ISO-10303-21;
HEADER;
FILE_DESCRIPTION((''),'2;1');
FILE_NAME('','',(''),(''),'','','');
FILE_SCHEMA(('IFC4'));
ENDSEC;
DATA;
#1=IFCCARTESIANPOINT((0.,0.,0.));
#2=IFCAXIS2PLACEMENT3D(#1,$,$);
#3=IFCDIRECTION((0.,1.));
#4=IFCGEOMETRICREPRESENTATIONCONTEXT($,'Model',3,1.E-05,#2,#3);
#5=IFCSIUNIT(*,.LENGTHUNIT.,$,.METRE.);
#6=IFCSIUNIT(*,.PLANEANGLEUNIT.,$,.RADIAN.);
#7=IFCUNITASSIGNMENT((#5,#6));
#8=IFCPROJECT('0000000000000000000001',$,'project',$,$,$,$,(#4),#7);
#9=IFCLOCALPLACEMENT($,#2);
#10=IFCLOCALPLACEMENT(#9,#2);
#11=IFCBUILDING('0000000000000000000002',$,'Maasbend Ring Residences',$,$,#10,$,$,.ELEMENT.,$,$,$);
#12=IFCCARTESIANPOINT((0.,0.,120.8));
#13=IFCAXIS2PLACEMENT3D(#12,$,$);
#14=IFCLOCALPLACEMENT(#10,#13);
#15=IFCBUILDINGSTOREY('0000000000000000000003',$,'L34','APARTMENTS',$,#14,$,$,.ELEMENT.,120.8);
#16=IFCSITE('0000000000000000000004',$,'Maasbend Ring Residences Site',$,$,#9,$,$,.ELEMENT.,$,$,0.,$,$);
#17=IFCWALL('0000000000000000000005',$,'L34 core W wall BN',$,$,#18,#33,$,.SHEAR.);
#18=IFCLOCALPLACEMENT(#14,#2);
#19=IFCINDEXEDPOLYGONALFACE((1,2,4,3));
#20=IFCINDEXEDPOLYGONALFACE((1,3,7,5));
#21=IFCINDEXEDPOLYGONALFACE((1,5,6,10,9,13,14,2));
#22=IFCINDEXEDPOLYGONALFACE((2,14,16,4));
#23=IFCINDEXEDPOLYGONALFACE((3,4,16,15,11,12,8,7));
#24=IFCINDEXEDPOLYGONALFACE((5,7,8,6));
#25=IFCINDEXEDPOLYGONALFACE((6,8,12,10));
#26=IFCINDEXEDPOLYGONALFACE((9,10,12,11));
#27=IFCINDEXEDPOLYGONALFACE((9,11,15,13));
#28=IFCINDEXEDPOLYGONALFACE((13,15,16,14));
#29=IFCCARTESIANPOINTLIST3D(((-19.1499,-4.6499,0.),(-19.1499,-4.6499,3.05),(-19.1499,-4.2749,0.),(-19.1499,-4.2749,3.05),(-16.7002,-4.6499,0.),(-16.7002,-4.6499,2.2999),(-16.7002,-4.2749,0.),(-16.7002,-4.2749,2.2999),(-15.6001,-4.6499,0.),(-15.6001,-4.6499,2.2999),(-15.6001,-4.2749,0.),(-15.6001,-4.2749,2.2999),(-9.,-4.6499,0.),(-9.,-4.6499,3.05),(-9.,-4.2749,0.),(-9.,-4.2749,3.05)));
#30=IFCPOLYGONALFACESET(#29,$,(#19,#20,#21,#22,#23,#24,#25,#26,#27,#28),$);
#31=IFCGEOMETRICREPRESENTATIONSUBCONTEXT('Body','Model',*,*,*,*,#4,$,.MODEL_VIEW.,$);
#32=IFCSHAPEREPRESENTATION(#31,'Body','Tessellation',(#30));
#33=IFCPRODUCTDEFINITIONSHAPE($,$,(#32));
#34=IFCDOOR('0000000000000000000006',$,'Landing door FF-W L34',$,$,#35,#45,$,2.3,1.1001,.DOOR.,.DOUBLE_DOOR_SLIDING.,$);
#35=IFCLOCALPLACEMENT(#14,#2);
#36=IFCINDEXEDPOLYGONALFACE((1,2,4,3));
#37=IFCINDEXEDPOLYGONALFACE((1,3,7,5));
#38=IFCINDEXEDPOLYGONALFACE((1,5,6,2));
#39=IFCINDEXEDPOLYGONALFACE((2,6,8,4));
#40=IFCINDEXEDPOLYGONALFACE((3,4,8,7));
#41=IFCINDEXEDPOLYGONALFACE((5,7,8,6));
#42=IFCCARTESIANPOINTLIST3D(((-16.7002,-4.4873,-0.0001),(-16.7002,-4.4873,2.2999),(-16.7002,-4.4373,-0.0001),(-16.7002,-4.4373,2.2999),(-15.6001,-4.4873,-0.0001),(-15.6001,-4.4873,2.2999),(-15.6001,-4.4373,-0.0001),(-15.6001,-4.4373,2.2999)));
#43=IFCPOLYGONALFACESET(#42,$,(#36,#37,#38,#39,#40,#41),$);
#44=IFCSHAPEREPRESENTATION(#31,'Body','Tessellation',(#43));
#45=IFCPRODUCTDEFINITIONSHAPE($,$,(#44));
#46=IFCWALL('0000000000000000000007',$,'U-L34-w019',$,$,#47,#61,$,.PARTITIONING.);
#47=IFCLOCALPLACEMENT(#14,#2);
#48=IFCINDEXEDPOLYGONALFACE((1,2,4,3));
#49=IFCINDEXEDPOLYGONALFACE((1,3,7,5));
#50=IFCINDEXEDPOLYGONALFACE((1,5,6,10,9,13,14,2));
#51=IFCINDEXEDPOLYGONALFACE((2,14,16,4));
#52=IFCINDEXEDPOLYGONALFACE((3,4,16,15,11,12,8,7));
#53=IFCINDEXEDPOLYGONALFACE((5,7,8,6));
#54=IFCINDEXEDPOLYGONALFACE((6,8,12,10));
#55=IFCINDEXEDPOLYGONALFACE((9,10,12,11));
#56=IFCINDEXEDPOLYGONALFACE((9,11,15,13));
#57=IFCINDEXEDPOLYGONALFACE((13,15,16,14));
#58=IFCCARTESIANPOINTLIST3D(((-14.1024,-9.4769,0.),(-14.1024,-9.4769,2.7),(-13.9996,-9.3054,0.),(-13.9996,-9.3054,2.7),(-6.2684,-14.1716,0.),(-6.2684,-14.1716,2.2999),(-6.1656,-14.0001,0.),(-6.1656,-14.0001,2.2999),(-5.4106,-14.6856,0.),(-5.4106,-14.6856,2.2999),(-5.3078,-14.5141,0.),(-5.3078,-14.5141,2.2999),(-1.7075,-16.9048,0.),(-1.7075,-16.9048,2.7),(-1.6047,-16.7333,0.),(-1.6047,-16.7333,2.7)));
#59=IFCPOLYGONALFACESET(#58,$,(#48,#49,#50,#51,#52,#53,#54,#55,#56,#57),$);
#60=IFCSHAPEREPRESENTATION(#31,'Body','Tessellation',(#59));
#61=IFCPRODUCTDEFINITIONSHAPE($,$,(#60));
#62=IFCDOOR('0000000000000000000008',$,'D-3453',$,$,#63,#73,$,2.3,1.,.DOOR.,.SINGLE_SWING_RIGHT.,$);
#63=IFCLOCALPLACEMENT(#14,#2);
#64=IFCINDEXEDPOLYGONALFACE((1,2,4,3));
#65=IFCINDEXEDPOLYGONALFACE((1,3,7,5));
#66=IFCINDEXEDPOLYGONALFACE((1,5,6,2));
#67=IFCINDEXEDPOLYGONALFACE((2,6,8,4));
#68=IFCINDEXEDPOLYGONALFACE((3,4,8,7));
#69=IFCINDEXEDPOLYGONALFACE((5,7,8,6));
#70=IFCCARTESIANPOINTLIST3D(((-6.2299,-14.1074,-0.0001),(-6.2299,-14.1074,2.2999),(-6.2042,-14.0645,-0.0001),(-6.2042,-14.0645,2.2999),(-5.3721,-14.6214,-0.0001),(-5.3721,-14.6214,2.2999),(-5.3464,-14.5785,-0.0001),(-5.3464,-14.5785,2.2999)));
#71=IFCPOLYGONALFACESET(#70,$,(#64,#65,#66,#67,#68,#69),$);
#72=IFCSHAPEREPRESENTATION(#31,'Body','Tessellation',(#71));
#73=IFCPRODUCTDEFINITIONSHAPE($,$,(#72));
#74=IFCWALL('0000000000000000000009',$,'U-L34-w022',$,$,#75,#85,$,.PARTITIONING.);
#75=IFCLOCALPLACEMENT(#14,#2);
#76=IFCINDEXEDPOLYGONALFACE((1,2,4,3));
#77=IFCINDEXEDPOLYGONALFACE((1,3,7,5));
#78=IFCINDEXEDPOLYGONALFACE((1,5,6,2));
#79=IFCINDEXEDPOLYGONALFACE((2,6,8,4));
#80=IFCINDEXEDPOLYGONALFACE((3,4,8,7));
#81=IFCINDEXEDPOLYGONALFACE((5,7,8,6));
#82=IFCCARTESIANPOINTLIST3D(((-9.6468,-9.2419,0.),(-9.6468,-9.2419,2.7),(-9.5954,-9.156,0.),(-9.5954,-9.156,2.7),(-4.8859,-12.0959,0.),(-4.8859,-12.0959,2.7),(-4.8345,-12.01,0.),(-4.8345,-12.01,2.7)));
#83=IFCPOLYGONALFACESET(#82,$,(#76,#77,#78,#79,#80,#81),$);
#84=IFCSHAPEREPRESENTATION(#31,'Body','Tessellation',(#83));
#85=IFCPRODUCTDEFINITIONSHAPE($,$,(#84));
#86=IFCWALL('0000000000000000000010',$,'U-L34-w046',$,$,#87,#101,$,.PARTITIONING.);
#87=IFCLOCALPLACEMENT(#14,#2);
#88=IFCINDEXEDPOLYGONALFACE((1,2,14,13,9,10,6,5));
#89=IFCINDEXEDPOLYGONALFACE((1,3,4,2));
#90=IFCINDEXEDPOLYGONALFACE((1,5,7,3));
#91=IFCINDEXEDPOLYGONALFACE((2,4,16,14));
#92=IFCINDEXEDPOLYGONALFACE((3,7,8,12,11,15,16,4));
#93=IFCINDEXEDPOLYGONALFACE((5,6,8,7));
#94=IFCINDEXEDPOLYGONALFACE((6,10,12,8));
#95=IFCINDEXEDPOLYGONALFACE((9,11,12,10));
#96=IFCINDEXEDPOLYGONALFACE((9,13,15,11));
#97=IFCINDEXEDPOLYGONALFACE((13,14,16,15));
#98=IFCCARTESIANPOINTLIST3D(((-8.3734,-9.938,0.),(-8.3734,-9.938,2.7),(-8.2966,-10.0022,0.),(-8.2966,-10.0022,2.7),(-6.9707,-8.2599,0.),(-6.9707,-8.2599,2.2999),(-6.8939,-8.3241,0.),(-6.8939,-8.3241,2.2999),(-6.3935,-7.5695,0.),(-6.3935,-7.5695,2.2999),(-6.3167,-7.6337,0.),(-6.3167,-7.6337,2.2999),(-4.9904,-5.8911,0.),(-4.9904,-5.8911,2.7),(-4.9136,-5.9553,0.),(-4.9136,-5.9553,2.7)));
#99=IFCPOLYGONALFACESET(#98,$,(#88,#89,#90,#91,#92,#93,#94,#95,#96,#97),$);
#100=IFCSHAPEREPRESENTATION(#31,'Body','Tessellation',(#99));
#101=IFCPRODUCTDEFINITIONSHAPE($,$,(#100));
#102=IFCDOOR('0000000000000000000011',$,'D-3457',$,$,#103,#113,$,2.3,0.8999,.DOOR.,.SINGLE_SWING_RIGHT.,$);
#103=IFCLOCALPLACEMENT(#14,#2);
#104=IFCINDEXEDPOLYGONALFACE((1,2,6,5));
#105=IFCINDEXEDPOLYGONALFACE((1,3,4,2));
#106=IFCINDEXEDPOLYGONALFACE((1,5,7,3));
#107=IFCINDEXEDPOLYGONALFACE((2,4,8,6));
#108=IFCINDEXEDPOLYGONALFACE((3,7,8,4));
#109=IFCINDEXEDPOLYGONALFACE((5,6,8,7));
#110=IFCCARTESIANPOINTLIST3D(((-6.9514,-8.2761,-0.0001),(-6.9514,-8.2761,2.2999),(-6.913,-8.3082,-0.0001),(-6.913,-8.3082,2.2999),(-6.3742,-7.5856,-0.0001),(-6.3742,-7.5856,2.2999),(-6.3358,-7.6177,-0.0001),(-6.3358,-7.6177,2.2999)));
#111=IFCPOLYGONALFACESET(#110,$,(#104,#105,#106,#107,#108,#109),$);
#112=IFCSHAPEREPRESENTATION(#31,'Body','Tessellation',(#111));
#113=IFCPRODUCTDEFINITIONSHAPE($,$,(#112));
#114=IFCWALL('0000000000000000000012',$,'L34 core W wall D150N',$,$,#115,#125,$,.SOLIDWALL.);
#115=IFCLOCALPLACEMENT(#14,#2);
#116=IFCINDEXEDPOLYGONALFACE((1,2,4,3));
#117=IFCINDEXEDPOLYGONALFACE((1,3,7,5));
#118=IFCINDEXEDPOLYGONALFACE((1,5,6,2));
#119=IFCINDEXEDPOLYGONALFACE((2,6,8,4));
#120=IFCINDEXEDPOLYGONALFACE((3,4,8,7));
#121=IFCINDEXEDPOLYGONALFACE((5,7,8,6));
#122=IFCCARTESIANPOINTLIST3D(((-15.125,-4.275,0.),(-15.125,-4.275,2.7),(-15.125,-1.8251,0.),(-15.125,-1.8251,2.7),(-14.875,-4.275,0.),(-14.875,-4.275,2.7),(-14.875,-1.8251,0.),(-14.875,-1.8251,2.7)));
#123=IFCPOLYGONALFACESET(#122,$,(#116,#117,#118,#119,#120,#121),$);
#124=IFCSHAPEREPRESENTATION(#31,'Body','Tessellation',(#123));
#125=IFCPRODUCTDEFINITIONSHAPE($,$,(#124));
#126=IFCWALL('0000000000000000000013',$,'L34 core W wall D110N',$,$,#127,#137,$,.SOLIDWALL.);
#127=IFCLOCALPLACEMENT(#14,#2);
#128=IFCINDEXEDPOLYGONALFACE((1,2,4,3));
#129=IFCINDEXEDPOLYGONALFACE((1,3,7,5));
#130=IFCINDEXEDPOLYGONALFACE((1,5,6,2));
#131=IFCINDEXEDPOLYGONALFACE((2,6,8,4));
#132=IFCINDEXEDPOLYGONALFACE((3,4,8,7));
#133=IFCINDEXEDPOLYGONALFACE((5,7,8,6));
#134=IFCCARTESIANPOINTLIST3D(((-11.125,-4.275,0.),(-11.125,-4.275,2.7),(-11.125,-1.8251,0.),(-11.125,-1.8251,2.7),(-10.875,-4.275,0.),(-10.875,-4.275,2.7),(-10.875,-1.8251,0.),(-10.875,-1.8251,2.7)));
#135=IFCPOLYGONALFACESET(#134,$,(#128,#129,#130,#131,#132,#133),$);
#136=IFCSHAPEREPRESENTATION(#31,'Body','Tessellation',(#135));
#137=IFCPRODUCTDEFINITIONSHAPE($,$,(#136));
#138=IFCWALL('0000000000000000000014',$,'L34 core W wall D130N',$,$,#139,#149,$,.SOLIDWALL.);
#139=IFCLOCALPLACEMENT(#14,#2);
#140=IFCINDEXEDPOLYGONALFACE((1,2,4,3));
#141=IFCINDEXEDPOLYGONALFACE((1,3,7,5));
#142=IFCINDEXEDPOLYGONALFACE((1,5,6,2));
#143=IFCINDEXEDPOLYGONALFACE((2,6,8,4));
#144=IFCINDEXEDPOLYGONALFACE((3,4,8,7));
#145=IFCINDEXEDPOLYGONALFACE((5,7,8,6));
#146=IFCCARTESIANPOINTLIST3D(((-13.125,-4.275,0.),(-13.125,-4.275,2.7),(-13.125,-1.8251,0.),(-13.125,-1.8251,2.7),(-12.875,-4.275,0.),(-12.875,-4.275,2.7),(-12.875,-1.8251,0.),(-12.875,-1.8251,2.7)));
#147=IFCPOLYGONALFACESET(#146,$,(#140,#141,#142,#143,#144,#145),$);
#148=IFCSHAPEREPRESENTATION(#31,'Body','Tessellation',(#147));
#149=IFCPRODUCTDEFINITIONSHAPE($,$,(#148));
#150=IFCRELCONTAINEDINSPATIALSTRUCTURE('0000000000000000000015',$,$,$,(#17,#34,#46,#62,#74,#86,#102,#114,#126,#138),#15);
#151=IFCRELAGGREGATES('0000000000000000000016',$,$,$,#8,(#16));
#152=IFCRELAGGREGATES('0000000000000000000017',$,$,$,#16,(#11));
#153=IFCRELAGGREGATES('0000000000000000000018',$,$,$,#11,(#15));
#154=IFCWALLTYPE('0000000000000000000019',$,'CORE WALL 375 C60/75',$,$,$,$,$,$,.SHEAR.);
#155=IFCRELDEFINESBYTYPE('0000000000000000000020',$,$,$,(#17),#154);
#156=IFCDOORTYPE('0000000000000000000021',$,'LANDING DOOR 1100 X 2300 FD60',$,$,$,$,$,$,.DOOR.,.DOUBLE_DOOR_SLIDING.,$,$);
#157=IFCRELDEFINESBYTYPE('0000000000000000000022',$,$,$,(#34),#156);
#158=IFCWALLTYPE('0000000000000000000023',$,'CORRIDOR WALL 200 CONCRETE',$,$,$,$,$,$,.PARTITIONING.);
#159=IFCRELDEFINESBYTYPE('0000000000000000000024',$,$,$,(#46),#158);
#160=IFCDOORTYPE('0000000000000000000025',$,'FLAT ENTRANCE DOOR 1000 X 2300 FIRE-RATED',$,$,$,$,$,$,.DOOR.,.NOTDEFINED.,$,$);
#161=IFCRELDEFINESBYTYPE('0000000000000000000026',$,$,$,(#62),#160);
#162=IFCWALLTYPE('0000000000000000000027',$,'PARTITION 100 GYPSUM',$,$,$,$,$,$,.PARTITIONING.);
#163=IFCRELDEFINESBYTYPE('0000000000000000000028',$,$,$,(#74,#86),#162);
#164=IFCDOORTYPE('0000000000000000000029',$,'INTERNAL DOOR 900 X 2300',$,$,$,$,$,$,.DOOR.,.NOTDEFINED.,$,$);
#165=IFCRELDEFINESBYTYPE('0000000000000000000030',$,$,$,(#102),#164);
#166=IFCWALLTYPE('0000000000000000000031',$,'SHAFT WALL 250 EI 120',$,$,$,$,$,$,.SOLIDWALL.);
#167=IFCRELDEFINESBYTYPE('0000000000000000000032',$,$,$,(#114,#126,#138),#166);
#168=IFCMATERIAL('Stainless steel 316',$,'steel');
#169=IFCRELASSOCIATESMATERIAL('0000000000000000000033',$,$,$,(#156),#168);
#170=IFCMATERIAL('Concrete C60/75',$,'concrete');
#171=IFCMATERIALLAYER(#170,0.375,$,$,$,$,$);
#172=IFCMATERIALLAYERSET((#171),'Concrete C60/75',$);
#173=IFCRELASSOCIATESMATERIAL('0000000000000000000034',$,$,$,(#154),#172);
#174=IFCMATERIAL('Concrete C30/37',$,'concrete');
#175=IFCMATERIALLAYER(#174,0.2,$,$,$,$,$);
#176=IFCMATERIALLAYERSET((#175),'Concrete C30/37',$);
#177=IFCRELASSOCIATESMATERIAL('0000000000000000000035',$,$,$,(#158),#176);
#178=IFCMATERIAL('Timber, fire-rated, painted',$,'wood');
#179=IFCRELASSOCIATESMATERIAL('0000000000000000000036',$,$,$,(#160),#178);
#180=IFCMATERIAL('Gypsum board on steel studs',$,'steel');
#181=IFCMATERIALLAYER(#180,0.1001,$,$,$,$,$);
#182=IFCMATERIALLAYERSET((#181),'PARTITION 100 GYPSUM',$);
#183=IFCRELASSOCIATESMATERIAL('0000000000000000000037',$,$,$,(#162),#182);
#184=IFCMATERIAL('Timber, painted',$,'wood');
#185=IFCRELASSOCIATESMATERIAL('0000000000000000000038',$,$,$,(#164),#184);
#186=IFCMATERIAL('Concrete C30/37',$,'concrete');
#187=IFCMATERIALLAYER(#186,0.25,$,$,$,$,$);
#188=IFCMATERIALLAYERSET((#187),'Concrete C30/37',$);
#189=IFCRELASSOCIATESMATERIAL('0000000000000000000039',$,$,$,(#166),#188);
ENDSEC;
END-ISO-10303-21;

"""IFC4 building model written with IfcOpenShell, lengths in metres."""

from ifc_helpers import new_model, si_unit, direction, frame, frame_2d, origin, place, context, subcontext, project, spatial, rectangle, extrude, material, layer, layer_set, type_object, element, fill, save


model = new_model("IFC4")

# Units and contexts
model_context = context("Model", 3, precision=1e-05, world=origin(), true_north=direction((0.0, 1.0)))
body_context = subcontext(model_context, "Body", "Model", "MODEL_VIEW")
ifc_project = project(units=[si_unit("LENGTHUNIT", "METRE"), si_unit("PLANEANGLEUNIT", "RADIAN")], contexts=[model_context])

# Site, building, storey
site_placement = place(None, origin())
site = spatial("IfcSite", under=ifc_project, at=site_placement, Name="Maasbend Ring Residences Site", CompositionType="ELEMENT", RefElevation=0.0)
building_placement = place(site_placement, origin())
building = spatial("IfcBuilding", under=site, at=building_placement, Name="Maasbend Ring Residences", CompositionType="ELEMENT")
storey_placement = place(building_placement, frame((0.0, 0.0, 120.8)))
storey = spatial("IfcBuildingStorey", under=building, at=storey_placement, Name="L34", Description="APARTMENTS", CompositionType="ELEMENT", Elevation=120.8)

# Shared definitions
ifc_material_1 = material(Name="Stainless steel 316", Category="steel")
door_type_1 = type_object("IfcDoorType", Name="LANDING DOOR 1100 X 2300 FD60", OperationType="DOUBLE_DOOR_SLIDING", PredefinedType="DOOR", material=ifc_material_1)

# Walls, openings, doors
ifc_material_2 = material(Name="Concrete C60/75", Category="concrete")
ifc_layer_1 = layer(ifc_material_2, 0.375)
ifc_layer_set_1 = layer_set([ifc_layer_1], Name="Concrete C60/75")
wall_type_1 = type_object("IfcWallType", Name="CORE WALL 375 C60/75", PredefinedType="SHEAR", material=ifc_layer_set_1)
wall_1_placement = place(storey_placement, frame((-9.0, -4.4624, 0.0), z_axis=(0.0, 0.0, 1.0), x_axis=(-1.0, 0.0, 0.0)))
wall_1 = element("IfcWall", 1, at=wall_1_placement, inside=storey, type_object=wall_type_1, Name="L34 core W wall BN", PredefinedType="SHEAR", context=body_context, shape_type="SweptSolid", body=[
    extrude(rectangle(XDim=10.1499, YDim=0.375, at=frame_2d((5.075, 0.0))), origin(), (0.0, 0.0, 1.0), 3.05),
])
opening_1_placement = place(wall_1_placement, frame((6.6001, 0.0, 0.0)))
opening_1 = element("IfcOpeningElement", 2, at=opening_1_placement, cuts=wall_1, PredefinedType="OPENING", context=body_context, shape_type="SweptSolid", body=[
    extrude(rectangle(XDim=1.1001, YDim=2.3, at=frame_2d((0.55, 1.1499))), frame((0.0, 0.1975, 0.0), z_axis=(0.0, -1.0, 0.0), x_axis=(1.0, 0.0, 0.0)), (0.0, 0.0, 1.0), 0.395),
])
door_1_placement = place(opening_1_placement, origin())
door_1 = element("IfcDoor", 3, at=door_1_placement, inside=storey, type_object=door_type_1, Name="Landing door FF-W L34", OperationType="DOUBLE_DOOR_SLIDING", OverallHeight=2.3, OverallWidth=1.1001, PredefinedType="DOOR", context=body_context, shape_type="SweptSolid", body=[
    extrude(rectangle(XDim=1.1001, YDim=2.3, at=frame_2d((0.55, 1.1499))), frame((0.0, 0.0249, 0.0), z_axis=(0.0, -1.0, 0.0), x_axis=(1.0, 0.0, 0.0)), (0.0, 0.0, 1.0), 0.05),
])
fill(opening_1, door_1)
ifc_material_3 = material(Name="Concrete C30/37", Category="concrete")
ifc_layer_2 = layer(ifc_material_3, 0.2)
ifc_layer_set_2 = layer_set([ifc_layer_2], Name="Concrete C30/37")
wall_type_2 = type_object("IfcWallType", Name="CORRIDOR WALL 200 CONCRETE", PredefinedType="PARTITIONING", material=ifc_layer_set_2)
wall_2_placement = place(storey_placement, frame((-14.051, -9.3911, 0.0), z_axis=(0.0, 0.0, 1.0), x_axis=(0.857769, -0.514036, 0.0)))
wall_2 = element("IfcWall", 4, at=wall_2_placement, inside=storey, type_object=wall_type_2, Name="U-L34-w019", PredefinedType="PARTITIONING", context=body_context, shape_type="SweptSolid", body=[
    extrude(rectangle(XDim=14.4502, YDim=0.2, at=frame_2d((7.2251, 0.0))), origin(), (0.0, 0.0, 1.0), 2.7),
])
opening_2_placement = place(wall_2_placement, frame((9.1331, 0.0, 0.0)))
opening_2 = element("IfcOpeningElement", 5, at=opening_2_placement, cuts=wall_2, PredefinedType="OPENING", context=body_context, shape_type="SweptSolid", body=[
    extrude(rectangle(XDim=1.0, YDim=2.3, at=frame_2d((0.5, 1.1499))), frame((0.0, 0.1099, 0.0), z_axis=(0.0, -1.0, 0.0), x_axis=(1.0, 0.0, 0.0)), (0.0, 0.0, 1.0), 0.22),
])
ifc_material_4 = material(Name="Timber, fire-rated, painted", Category="wood")
door_type_2 = type_object("IfcDoorType", Name="FLAT ENTRANCE DOOR 1000 X 2300 FIRE-RATED", OperationType="NOTDEFINED", PredefinedType="DOOR", material=ifc_material_4)
door_2_placement = place(opening_2_placement, origin())
door_2 = element("IfcDoor", 6, at=door_2_placement, inside=storey, type_object=door_type_2, Name="D-3453", OperationType="SINGLE_SWING_RIGHT", OverallHeight=2.3, OverallWidth=1.0, PredefinedType="DOOR", context=body_context, shape_type="SweptSolid", body=[
    extrude(rectangle(XDim=1.0, YDim=2.3, at=frame_2d((0.5, 1.1499))), frame((0.0, 0.0249, 0.0), z_axis=(0.0, -1.0, 0.0), x_axis=(1.0, 0.0, 0.0)), (0.0, 0.0, 1.0), 0.05),
])
fill(opening_2, door_2)

# Wall
ifc_material_5 = material(Name="Gypsum board on steel studs", Category="steel")
ifc_layer_3 = layer(ifc_material_5, 0.1001)
ifc_layer_set_3 = layer_set([ifc_layer_3], Name="PARTITION 100 GYPSUM")
wall_type_3 = type_object("IfcWallType", Name="PARTITION 100 GYPSUM", PredefinedType="PARTITIONING", material=ifc_layer_set_3)
wall_3_placement = place(storey_placement, frame((-9.6211, -9.199, 0.0), z_axis=(0.0, 0.0, 1.0), x_axis=(0.857699, -0.514153, 0.0)))
element("IfcWall", 7, at=wall_3_placement, inside=storey, type_object=wall_type_3, Name="U-L34-w022", PredefinedType="PARTITIONING", context=body_context, shape_type="SweptSolid", body=[
    extrude(rectangle(XDim=5.5508, YDim=0.1001, at=frame_2d((2.7754, 0.0))), origin(), (0.0, 0.0, 1.0), 2.7),
])

# Wall, opening, door
wall_4_placement = place(storey_placement, frame((-8.335, -9.97, 0.0), z_axis=(0.0, 0.0, 1.0), x_axis=(0.641376, 0.767226, 0.0)))
wall_4 = element("IfcWall", 8, at=wall_4_placement, inside=storey, type_object=wall_type_3, Name="U-L34-w046", PredefinedType="PARTITIONING", context=body_context, shape_type="SweptSolid", body=[
    extrude(rectangle(XDim=5.2747, YDim=0.1001, at=frame_2d((2.6372, 0.0))), origin(), (0.0, 0.0, 1.0), 2.7),
])
opening_3_placement = place(wall_4_placement, frame((2.187, 0.0, 0.0)))
opening_3 = element("IfcOpeningElement", 9, at=opening_3_placement, cuts=wall_4, PredefinedType="OPENING", context=body_context, shape_type="SweptSolid", body=[
    extrude(rectangle(XDim=0.8999, YDim=2.3, at=frame_2d((0.45, 1.1499))), frame((0.0, 0.0601, 0.0), z_axis=(0.0, -1.0, 0.0), x_axis=(1.0, 0.0, 0.0)), (0.0, 0.0, 1.0), 0.1201),
])
ifc_material_6 = material(Name="Timber, painted", Category="wood")
door_type_3 = type_object("IfcDoorType", Name="INTERNAL DOOR 900 X 2300", OperationType="NOTDEFINED", PredefinedType="DOOR", material=ifc_material_6)
door_3_placement = place(opening_3_placement, origin())
door_3 = element("IfcDoor", 10, at=door_3_placement, inside=storey, type_object=door_type_3, Name="D-3457", OperationType="SINGLE_SWING_RIGHT", OverallHeight=2.3, OverallWidth=0.8999, PredefinedType="DOOR", context=body_context, shape_type="SweptSolid", body=[
    extrude(rectangle(XDim=0.8999, YDim=2.3, at=frame_2d((0.45, 1.1499))), frame((0.0, 0.0249, 0.0), z_axis=(0.0, -1.0, 0.0), x_axis=(1.0, 0.0, 0.0)), (0.0, 0.0, 1.0), 0.05),
])
fill(opening_3, door_3)

# Walls
ifc_material_7 = material(Name="Concrete C30/37", Category="concrete")
ifc_layer_4 = layer(ifc_material_7, 0.25)
ifc_layer_set_4 = layer_set([ifc_layer_4], Name="Concrete C30/37")
wall_type_4 = type_object("IfcWallType", Name="SHAFT WALL 250 EI 120", PredefinedType="SOLIDWALL", material=ifc_layer_set_4)
for number, where, z_axis, x_axis, name in (
    (11, (-15.0, -1.825, 0.0), (0.0, 0.0, 1.0), (0.0, -1.0, 0.0), "L34 core W wall D150N"),
    (12, (-11.0, -1.825, 0.0), (0.0, 0.0, 1.0), (0.0, -1.0, 0.0), "L34 core W wall D110N"),
    (13, (-13.0, -1.825, 0.0), (0.0, 0.0, 1.0), (0.0, -1.0, 0.0), "L34 core W wall D130N"),
):
    element("IfcWall", number, at=place(storey_placement, frame(where, z_axis=z_axis, x_axis=x_axis)), inside=storey, type_object=wall_type_4, Name=name, PredefinedType="SOLIDWALL", context=body_context, shape_type="SweptSolid", body=[
        extrude(rectangle(XDim=2.45, YDim=0.25, at=frame_2d((1.2251, 0.0))), origin(), (0.0, 0.0, 1.0), 2.7),
    ])

save(model, "model.ifc")
